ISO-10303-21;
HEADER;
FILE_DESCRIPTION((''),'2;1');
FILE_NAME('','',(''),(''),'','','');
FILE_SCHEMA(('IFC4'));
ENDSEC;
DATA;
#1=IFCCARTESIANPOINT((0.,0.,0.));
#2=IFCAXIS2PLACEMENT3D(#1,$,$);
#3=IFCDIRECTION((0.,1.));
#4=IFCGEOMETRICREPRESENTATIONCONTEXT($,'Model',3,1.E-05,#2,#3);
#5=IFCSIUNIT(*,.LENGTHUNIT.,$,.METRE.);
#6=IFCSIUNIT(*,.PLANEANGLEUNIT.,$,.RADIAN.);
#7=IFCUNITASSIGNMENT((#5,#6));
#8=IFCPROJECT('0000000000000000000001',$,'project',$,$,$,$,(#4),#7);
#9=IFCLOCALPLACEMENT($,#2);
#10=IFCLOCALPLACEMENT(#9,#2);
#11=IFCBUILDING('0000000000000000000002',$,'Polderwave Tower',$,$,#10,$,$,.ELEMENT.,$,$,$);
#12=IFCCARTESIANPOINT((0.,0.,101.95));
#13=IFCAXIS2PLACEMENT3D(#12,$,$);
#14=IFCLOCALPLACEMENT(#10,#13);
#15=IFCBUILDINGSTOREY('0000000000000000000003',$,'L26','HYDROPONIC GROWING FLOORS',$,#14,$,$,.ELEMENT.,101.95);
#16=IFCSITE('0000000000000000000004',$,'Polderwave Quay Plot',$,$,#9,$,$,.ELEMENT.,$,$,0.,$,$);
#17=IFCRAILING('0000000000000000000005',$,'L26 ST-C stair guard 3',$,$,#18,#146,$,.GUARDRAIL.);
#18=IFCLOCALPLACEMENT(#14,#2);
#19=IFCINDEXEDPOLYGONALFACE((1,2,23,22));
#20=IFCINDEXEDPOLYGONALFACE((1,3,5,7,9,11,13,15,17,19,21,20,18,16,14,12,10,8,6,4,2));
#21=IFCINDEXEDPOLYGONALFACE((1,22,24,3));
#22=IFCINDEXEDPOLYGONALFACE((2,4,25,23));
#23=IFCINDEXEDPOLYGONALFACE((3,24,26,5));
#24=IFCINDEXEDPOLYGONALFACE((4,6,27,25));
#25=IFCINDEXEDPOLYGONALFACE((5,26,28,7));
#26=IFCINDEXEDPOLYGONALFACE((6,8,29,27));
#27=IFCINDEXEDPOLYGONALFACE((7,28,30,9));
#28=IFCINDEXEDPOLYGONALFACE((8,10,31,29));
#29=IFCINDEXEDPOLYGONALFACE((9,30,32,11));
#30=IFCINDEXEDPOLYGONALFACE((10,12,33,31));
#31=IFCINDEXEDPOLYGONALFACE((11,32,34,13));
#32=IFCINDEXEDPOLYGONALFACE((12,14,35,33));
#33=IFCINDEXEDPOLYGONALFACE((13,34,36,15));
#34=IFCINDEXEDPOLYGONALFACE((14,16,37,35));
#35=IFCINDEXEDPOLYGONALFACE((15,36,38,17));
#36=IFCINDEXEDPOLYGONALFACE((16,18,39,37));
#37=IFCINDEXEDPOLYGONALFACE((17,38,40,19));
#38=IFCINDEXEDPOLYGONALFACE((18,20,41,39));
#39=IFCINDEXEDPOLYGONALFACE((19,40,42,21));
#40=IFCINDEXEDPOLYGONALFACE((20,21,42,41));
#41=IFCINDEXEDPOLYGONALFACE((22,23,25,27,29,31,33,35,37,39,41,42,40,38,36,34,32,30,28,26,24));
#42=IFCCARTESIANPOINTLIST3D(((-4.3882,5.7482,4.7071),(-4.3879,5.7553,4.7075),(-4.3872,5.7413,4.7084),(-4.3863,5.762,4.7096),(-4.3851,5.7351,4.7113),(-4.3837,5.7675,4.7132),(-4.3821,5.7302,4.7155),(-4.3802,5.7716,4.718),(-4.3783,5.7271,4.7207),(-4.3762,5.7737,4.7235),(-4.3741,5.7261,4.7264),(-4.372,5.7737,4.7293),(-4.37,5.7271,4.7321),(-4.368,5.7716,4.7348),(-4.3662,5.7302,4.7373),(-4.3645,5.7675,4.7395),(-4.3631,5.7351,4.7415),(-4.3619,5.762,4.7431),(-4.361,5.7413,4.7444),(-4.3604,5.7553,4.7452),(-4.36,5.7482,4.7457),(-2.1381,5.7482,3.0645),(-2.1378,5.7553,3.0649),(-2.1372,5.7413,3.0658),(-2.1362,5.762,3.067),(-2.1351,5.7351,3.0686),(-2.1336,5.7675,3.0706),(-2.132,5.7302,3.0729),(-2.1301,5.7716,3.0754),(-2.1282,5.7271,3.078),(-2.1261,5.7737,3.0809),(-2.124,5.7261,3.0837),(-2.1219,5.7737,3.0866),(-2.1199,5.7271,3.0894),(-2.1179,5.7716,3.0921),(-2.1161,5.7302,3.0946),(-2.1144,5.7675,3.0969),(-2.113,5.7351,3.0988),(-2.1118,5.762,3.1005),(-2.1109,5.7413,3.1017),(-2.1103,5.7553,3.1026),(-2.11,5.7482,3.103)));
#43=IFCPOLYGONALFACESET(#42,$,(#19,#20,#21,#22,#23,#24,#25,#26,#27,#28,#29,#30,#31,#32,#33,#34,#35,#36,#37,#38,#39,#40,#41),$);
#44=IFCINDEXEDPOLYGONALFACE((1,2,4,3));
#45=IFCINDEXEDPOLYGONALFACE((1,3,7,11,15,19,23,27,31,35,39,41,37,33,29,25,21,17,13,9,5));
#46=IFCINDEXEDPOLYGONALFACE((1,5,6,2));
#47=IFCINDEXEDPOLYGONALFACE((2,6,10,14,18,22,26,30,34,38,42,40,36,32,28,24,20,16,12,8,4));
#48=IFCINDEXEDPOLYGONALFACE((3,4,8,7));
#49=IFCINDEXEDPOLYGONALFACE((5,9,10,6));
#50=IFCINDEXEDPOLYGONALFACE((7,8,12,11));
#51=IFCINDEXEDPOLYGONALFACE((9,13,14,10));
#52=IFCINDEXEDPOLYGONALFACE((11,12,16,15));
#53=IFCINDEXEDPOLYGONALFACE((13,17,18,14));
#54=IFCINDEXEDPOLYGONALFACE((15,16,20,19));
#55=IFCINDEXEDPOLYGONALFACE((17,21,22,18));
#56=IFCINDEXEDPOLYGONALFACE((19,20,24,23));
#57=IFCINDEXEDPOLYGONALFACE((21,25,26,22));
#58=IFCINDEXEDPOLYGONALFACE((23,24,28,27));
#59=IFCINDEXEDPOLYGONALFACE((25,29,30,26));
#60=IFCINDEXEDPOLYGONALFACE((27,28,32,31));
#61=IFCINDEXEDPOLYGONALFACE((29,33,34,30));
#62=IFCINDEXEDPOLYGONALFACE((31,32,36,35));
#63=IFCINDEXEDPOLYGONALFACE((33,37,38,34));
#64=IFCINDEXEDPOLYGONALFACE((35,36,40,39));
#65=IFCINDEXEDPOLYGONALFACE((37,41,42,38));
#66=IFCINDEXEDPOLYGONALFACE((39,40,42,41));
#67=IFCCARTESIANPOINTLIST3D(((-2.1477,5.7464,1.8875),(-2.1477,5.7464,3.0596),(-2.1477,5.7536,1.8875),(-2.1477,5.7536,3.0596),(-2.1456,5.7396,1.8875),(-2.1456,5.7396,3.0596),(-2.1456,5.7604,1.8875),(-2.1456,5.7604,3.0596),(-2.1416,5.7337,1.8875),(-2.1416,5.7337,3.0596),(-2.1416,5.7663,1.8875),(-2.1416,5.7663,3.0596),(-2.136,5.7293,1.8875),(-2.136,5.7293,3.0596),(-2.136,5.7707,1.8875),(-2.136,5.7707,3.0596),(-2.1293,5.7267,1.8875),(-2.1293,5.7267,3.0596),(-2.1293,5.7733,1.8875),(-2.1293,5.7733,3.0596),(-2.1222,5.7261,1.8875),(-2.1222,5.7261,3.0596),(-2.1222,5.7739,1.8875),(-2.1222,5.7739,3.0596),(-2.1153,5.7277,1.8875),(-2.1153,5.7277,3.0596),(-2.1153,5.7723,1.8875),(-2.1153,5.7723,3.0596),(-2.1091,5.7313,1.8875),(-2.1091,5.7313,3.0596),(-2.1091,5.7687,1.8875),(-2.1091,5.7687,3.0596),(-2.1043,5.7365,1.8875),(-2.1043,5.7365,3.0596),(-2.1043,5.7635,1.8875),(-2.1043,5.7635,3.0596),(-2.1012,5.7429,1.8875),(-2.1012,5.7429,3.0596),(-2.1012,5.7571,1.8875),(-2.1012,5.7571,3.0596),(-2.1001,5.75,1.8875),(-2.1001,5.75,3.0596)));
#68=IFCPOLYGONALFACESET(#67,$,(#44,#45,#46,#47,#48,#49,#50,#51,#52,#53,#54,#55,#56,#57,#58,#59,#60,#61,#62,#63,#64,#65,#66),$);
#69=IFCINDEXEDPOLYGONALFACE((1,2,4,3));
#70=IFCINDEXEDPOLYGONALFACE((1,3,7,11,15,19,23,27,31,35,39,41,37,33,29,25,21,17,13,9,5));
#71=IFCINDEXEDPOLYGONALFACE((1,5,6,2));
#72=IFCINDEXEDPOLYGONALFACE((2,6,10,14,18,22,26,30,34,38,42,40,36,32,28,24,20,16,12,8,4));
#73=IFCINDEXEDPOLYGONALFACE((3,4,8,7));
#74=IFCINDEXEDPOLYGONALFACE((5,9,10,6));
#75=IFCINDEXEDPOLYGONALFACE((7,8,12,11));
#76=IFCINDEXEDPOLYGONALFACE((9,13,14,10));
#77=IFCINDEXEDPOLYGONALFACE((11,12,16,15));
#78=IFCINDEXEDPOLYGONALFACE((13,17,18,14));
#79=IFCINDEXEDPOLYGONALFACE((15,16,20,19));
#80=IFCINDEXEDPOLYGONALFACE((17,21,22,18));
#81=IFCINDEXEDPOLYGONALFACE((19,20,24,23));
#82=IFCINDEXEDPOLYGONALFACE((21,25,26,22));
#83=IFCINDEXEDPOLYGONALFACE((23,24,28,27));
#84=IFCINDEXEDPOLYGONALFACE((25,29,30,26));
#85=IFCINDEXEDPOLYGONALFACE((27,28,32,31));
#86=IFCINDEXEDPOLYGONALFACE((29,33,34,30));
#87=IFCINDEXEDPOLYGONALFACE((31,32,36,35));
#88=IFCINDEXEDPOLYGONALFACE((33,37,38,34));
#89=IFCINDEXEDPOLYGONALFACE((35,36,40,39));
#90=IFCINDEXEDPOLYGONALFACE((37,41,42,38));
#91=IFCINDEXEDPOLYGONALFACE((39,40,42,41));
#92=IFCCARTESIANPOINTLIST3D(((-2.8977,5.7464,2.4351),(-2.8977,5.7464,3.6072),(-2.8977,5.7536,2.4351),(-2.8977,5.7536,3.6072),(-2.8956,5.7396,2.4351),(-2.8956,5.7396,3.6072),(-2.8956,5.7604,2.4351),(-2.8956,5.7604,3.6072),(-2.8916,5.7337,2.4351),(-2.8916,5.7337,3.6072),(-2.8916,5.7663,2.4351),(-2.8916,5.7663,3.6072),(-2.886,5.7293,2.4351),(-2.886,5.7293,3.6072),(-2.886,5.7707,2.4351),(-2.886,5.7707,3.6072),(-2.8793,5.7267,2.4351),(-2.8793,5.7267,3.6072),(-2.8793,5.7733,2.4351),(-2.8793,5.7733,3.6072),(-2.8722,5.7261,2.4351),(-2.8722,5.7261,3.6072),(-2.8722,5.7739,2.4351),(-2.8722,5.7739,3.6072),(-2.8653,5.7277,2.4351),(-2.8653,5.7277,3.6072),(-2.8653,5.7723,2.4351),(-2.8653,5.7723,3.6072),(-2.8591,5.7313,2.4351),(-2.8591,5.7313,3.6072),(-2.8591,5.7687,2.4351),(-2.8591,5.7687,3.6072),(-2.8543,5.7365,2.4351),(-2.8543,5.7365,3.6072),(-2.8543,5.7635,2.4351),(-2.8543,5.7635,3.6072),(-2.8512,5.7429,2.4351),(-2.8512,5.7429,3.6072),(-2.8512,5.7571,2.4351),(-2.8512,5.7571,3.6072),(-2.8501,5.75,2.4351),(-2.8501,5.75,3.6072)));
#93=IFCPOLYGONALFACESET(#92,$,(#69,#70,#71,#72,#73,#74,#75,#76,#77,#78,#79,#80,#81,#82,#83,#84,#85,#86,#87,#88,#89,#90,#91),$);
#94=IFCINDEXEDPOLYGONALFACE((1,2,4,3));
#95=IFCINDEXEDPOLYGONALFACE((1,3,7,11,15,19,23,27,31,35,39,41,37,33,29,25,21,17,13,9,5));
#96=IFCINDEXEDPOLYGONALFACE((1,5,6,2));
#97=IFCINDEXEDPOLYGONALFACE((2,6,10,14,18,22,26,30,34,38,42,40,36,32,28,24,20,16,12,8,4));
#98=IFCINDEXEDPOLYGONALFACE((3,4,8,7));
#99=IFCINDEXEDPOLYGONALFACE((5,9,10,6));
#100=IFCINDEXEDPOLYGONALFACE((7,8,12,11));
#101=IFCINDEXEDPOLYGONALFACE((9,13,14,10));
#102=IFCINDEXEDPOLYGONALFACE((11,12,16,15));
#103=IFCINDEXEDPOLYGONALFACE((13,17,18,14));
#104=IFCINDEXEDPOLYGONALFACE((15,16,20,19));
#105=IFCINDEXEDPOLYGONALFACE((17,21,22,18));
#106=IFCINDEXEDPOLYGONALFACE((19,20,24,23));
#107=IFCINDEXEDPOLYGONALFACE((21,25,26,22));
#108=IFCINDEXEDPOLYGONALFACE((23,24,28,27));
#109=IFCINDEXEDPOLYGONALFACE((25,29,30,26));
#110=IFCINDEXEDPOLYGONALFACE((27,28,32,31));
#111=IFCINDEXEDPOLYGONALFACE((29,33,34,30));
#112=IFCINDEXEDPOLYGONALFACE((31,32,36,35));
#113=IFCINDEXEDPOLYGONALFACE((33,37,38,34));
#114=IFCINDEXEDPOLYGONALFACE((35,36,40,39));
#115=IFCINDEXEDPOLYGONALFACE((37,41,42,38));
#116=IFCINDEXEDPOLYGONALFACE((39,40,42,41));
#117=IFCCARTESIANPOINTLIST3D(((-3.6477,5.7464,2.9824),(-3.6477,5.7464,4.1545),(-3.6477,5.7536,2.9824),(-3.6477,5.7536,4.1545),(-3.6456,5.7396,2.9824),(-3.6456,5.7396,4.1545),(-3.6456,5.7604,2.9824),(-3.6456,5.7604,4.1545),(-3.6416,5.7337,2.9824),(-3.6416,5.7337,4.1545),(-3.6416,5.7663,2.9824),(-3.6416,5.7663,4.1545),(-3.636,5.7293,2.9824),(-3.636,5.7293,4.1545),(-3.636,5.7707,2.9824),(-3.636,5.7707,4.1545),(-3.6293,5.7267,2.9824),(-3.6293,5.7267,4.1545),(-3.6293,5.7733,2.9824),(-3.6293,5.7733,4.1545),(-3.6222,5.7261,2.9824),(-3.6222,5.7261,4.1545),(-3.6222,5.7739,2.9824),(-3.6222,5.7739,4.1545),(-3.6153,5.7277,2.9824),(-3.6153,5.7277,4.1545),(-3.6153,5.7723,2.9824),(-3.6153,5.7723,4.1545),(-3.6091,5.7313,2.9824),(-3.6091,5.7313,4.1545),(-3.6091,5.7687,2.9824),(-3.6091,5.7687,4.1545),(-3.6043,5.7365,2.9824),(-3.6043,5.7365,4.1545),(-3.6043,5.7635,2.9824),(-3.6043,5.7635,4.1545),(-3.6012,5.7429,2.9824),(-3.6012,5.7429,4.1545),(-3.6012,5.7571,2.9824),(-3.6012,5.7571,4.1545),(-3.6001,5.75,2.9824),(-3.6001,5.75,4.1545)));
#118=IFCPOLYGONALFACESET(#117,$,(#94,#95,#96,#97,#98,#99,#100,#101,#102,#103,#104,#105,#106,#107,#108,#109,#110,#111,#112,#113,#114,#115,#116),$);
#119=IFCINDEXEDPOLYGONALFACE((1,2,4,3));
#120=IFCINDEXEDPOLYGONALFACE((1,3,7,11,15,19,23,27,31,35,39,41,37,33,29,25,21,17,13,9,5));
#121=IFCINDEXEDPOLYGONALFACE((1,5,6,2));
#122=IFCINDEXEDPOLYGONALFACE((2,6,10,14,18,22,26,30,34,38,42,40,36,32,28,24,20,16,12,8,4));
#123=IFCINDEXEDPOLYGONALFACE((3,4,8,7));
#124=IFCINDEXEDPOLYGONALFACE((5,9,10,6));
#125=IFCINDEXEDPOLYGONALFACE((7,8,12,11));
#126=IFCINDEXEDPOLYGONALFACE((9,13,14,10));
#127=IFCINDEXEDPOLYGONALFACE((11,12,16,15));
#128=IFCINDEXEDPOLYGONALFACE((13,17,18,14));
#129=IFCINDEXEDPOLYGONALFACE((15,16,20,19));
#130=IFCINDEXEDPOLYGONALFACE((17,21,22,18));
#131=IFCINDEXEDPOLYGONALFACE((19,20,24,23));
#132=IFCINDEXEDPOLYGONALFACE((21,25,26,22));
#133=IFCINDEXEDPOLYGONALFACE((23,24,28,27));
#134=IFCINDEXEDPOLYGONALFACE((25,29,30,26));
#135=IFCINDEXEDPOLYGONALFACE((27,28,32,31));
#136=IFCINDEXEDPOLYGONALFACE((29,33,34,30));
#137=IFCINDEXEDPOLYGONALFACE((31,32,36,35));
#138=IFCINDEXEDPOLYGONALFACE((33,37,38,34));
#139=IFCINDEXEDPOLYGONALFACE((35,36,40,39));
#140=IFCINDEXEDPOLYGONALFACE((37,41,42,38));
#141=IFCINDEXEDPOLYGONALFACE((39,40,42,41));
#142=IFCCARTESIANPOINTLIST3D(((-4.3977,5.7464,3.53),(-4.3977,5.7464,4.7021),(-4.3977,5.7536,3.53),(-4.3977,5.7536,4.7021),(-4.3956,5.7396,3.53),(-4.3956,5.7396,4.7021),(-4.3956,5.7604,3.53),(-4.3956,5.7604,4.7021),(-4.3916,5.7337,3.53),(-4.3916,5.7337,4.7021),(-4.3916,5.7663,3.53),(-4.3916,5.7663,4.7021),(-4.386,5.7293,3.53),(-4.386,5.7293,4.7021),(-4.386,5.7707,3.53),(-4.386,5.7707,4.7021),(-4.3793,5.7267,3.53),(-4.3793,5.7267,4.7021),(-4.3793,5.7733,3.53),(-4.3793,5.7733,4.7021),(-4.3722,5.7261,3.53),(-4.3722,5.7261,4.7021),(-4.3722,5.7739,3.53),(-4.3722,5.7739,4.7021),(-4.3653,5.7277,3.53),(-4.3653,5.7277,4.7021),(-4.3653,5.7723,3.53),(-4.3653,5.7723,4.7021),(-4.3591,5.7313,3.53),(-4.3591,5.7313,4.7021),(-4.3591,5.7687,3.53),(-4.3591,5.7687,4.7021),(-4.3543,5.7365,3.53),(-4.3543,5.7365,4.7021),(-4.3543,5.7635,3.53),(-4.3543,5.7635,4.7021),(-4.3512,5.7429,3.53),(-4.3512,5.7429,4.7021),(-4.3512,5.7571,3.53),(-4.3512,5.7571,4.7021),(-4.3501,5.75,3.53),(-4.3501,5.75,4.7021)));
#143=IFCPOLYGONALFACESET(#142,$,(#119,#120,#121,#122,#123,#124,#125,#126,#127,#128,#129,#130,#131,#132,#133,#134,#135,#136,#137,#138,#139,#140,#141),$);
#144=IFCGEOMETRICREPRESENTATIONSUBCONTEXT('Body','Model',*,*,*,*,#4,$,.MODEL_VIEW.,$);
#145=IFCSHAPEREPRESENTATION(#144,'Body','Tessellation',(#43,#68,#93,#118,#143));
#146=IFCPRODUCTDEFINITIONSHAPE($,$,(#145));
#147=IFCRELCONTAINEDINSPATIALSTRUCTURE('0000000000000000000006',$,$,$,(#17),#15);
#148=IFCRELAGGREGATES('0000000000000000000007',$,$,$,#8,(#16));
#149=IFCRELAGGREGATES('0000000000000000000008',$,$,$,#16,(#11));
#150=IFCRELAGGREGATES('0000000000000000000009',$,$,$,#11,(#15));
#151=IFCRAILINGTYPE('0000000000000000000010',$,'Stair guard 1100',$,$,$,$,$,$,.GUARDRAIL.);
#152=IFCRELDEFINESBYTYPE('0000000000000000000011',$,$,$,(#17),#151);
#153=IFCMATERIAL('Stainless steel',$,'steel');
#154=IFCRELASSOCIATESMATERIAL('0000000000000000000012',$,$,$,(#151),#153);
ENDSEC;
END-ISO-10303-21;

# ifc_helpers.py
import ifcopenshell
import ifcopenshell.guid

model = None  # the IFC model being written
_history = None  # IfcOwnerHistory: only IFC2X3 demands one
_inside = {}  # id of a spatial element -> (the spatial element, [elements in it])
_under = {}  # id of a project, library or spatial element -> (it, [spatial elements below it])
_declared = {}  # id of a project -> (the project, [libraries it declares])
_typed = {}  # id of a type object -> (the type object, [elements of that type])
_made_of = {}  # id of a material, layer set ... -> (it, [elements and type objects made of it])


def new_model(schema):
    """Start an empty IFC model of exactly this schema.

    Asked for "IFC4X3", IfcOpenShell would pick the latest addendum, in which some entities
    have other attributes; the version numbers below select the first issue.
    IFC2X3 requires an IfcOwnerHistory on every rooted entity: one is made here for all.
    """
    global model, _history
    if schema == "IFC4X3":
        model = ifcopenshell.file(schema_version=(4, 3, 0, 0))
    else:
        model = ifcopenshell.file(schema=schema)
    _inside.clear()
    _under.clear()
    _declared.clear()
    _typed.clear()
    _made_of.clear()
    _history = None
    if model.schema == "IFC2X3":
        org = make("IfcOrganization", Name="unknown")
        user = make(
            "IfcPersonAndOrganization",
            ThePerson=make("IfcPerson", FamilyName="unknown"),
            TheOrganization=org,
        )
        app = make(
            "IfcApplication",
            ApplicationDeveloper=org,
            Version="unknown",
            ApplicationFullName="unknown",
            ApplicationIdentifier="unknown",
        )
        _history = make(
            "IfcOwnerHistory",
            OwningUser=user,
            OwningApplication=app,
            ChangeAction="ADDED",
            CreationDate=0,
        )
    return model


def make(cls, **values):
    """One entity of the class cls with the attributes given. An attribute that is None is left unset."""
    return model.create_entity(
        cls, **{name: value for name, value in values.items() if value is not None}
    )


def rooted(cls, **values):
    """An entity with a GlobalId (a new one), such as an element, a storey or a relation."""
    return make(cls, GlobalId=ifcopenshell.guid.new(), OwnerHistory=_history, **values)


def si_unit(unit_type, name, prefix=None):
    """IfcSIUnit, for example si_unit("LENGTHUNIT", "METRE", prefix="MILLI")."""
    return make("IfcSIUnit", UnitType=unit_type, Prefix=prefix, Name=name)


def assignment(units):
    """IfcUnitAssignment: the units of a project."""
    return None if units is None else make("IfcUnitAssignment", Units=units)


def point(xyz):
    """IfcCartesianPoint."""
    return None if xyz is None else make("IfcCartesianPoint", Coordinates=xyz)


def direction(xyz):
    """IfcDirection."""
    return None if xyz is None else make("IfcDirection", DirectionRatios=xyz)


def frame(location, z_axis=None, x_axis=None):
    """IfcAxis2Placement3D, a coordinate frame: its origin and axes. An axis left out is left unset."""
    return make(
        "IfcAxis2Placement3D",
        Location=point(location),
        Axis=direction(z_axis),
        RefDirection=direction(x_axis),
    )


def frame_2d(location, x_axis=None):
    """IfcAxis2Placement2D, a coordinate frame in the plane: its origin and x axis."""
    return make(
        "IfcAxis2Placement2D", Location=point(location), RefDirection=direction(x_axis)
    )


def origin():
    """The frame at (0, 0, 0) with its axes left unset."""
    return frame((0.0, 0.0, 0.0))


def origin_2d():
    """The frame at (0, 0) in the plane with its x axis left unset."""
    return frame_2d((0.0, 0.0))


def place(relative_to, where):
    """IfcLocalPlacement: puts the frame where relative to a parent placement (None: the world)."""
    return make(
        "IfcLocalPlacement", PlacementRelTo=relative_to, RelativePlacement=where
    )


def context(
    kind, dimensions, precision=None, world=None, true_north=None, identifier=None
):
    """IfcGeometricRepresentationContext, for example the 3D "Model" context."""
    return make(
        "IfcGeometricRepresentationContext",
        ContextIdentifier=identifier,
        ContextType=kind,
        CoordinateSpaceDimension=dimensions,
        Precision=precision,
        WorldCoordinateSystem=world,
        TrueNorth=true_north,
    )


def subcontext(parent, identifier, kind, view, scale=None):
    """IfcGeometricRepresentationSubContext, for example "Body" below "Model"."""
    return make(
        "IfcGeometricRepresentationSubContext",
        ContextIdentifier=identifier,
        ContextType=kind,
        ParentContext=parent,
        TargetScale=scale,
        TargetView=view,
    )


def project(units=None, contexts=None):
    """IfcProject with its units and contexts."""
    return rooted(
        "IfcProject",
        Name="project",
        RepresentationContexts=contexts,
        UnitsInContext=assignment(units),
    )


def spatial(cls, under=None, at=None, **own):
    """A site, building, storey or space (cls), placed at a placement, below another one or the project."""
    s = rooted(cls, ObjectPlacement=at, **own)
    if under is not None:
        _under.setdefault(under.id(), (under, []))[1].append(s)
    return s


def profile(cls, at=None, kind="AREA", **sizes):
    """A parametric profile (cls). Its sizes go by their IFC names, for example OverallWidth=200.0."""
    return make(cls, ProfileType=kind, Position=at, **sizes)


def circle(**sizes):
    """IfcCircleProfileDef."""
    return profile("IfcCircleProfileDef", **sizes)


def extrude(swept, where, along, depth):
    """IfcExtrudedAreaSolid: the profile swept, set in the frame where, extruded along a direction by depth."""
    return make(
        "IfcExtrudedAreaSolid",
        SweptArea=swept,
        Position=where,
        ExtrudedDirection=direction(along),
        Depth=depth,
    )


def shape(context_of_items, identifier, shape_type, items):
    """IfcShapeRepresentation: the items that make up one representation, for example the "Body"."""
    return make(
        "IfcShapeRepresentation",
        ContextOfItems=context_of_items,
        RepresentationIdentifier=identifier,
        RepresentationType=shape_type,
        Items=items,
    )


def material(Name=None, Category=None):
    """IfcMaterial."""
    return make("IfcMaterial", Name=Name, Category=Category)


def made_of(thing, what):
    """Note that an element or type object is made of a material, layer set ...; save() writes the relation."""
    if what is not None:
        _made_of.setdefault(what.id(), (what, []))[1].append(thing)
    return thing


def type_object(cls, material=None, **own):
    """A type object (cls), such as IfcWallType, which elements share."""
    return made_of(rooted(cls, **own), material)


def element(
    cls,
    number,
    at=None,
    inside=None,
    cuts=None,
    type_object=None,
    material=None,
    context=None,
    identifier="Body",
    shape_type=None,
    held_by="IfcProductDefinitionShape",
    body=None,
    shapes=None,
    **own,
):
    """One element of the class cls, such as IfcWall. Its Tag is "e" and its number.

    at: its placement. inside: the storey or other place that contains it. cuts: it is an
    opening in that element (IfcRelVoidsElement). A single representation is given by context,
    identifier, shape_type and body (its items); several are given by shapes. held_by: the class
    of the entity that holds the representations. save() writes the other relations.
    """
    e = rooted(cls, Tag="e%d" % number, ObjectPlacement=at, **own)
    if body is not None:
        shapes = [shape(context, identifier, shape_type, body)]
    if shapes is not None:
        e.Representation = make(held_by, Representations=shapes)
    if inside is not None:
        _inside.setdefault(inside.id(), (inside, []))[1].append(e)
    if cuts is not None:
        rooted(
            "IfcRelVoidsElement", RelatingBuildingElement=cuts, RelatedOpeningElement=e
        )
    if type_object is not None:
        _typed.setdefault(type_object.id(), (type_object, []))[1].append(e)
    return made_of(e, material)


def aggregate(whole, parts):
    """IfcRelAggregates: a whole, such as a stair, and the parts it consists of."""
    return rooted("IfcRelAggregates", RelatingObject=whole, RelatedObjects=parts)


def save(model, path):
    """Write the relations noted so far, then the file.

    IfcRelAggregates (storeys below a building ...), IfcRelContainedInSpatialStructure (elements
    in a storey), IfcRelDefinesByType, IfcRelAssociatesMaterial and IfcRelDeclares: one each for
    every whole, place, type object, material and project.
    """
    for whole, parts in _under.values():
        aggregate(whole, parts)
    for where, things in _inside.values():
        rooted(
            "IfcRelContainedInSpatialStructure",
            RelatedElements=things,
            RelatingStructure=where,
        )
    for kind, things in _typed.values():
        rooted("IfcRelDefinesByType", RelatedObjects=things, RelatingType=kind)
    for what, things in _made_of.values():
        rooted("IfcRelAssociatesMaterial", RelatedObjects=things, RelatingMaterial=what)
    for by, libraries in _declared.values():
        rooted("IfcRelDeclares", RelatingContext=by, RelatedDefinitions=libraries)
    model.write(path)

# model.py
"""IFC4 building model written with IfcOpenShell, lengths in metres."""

from ifc_helpers import new_model, si_unit, direction, frame, origin, origin_2d, place, context, subcontext, project, spatial, circle, extrude, material, type_object, element, save


model = new_model("IFC4")

# Units and contexts
model_context = context("Model", 3, precision=1e-05, world=origin(), true_north=direction((0.0, 1.0)))
body_context = subcontext(model_context, "Body", "Model", "MODEL_VIEW")
ifc_project = project(units=[si_unit("LENGTHUNIT", "METRE"), si_unit("PLANEANGLEUNIT", "RADIAN")], contexts=[model_context])

# Site, building, storey
site_placement = place(None, origin())
site = spatial("IfcSite", under=ifc_project, at=site_placement, Name="Polderwave Quay Plot", CompositionType="ELEMENT", RefElevation=0.0)
building_placement = place(site_placement, origin())
building = spatial("IfcBuilding", under=site, at=building_placement, Name="Polderwave Tower", CompositionType="ELEMENT")
storey_placement = place(building_placement, frame((0.0, 0.0, 101.95)))
storey = spatial("IfcBuildingStorey", under=building, at=storey_placement, Name="L26", Description="HYDROPONIC GROWING FLOORS", CompositionType="ELEMENT", Elevation=101.95)

# Railing
ifc_material_1 = material(Name="Stainless steel", Category="steel")
railing_type_1 = type_object("IfcRailingType", Name="Stair guard 1100", PredefinedType="GUARDRAIL", material=ifc_material_1)
railing_1_placement = place(storey_placement, frame((-2.124, 5.75, 1.8875)))
element("IfcRailing", 1, at=railing_1_placement, inside=storey, type_object=railing_type_1, Name="L26 ST-C stair guard 3", PredefinedType="GUARDRAIL", context=body_context, shape_type="SweptSolid", body=[
    extrude(circle(Radius=0.0239, at=origin_2d()), frame((0.0, 0.0, 1.1963), z_axis=(-0.807674, 0.0, 0.58963), x_axis=(0.0, -1.0, 0.0)), (0.0, 0.0, 1.0), 2.7859),
    extrude(circle(Radius=0.0239, at=origin_2d()), origin(), (0.0, 0.0, 1.0), 1.1721),
    extrude(circle(Radius=0.0239, at=origin_2d()), frame((-0.75, 0.0, 0.5476)), (0.0, 0.0, 1.0), 1.1721),
    extrude(circle(Radius=0.0239, at=origin_2d()), frame((-1.5, 0.0, 1.095)), (0.0, 0.0, 1.0), 1.1721),
    extrude(circle(Radius=0.0239, at=origin_2d()), frame((-2.25, 0.0, 1.6426)), (0.0, 0.0, 1.0), 1.1721),
])

save(model, "model.ifc")
